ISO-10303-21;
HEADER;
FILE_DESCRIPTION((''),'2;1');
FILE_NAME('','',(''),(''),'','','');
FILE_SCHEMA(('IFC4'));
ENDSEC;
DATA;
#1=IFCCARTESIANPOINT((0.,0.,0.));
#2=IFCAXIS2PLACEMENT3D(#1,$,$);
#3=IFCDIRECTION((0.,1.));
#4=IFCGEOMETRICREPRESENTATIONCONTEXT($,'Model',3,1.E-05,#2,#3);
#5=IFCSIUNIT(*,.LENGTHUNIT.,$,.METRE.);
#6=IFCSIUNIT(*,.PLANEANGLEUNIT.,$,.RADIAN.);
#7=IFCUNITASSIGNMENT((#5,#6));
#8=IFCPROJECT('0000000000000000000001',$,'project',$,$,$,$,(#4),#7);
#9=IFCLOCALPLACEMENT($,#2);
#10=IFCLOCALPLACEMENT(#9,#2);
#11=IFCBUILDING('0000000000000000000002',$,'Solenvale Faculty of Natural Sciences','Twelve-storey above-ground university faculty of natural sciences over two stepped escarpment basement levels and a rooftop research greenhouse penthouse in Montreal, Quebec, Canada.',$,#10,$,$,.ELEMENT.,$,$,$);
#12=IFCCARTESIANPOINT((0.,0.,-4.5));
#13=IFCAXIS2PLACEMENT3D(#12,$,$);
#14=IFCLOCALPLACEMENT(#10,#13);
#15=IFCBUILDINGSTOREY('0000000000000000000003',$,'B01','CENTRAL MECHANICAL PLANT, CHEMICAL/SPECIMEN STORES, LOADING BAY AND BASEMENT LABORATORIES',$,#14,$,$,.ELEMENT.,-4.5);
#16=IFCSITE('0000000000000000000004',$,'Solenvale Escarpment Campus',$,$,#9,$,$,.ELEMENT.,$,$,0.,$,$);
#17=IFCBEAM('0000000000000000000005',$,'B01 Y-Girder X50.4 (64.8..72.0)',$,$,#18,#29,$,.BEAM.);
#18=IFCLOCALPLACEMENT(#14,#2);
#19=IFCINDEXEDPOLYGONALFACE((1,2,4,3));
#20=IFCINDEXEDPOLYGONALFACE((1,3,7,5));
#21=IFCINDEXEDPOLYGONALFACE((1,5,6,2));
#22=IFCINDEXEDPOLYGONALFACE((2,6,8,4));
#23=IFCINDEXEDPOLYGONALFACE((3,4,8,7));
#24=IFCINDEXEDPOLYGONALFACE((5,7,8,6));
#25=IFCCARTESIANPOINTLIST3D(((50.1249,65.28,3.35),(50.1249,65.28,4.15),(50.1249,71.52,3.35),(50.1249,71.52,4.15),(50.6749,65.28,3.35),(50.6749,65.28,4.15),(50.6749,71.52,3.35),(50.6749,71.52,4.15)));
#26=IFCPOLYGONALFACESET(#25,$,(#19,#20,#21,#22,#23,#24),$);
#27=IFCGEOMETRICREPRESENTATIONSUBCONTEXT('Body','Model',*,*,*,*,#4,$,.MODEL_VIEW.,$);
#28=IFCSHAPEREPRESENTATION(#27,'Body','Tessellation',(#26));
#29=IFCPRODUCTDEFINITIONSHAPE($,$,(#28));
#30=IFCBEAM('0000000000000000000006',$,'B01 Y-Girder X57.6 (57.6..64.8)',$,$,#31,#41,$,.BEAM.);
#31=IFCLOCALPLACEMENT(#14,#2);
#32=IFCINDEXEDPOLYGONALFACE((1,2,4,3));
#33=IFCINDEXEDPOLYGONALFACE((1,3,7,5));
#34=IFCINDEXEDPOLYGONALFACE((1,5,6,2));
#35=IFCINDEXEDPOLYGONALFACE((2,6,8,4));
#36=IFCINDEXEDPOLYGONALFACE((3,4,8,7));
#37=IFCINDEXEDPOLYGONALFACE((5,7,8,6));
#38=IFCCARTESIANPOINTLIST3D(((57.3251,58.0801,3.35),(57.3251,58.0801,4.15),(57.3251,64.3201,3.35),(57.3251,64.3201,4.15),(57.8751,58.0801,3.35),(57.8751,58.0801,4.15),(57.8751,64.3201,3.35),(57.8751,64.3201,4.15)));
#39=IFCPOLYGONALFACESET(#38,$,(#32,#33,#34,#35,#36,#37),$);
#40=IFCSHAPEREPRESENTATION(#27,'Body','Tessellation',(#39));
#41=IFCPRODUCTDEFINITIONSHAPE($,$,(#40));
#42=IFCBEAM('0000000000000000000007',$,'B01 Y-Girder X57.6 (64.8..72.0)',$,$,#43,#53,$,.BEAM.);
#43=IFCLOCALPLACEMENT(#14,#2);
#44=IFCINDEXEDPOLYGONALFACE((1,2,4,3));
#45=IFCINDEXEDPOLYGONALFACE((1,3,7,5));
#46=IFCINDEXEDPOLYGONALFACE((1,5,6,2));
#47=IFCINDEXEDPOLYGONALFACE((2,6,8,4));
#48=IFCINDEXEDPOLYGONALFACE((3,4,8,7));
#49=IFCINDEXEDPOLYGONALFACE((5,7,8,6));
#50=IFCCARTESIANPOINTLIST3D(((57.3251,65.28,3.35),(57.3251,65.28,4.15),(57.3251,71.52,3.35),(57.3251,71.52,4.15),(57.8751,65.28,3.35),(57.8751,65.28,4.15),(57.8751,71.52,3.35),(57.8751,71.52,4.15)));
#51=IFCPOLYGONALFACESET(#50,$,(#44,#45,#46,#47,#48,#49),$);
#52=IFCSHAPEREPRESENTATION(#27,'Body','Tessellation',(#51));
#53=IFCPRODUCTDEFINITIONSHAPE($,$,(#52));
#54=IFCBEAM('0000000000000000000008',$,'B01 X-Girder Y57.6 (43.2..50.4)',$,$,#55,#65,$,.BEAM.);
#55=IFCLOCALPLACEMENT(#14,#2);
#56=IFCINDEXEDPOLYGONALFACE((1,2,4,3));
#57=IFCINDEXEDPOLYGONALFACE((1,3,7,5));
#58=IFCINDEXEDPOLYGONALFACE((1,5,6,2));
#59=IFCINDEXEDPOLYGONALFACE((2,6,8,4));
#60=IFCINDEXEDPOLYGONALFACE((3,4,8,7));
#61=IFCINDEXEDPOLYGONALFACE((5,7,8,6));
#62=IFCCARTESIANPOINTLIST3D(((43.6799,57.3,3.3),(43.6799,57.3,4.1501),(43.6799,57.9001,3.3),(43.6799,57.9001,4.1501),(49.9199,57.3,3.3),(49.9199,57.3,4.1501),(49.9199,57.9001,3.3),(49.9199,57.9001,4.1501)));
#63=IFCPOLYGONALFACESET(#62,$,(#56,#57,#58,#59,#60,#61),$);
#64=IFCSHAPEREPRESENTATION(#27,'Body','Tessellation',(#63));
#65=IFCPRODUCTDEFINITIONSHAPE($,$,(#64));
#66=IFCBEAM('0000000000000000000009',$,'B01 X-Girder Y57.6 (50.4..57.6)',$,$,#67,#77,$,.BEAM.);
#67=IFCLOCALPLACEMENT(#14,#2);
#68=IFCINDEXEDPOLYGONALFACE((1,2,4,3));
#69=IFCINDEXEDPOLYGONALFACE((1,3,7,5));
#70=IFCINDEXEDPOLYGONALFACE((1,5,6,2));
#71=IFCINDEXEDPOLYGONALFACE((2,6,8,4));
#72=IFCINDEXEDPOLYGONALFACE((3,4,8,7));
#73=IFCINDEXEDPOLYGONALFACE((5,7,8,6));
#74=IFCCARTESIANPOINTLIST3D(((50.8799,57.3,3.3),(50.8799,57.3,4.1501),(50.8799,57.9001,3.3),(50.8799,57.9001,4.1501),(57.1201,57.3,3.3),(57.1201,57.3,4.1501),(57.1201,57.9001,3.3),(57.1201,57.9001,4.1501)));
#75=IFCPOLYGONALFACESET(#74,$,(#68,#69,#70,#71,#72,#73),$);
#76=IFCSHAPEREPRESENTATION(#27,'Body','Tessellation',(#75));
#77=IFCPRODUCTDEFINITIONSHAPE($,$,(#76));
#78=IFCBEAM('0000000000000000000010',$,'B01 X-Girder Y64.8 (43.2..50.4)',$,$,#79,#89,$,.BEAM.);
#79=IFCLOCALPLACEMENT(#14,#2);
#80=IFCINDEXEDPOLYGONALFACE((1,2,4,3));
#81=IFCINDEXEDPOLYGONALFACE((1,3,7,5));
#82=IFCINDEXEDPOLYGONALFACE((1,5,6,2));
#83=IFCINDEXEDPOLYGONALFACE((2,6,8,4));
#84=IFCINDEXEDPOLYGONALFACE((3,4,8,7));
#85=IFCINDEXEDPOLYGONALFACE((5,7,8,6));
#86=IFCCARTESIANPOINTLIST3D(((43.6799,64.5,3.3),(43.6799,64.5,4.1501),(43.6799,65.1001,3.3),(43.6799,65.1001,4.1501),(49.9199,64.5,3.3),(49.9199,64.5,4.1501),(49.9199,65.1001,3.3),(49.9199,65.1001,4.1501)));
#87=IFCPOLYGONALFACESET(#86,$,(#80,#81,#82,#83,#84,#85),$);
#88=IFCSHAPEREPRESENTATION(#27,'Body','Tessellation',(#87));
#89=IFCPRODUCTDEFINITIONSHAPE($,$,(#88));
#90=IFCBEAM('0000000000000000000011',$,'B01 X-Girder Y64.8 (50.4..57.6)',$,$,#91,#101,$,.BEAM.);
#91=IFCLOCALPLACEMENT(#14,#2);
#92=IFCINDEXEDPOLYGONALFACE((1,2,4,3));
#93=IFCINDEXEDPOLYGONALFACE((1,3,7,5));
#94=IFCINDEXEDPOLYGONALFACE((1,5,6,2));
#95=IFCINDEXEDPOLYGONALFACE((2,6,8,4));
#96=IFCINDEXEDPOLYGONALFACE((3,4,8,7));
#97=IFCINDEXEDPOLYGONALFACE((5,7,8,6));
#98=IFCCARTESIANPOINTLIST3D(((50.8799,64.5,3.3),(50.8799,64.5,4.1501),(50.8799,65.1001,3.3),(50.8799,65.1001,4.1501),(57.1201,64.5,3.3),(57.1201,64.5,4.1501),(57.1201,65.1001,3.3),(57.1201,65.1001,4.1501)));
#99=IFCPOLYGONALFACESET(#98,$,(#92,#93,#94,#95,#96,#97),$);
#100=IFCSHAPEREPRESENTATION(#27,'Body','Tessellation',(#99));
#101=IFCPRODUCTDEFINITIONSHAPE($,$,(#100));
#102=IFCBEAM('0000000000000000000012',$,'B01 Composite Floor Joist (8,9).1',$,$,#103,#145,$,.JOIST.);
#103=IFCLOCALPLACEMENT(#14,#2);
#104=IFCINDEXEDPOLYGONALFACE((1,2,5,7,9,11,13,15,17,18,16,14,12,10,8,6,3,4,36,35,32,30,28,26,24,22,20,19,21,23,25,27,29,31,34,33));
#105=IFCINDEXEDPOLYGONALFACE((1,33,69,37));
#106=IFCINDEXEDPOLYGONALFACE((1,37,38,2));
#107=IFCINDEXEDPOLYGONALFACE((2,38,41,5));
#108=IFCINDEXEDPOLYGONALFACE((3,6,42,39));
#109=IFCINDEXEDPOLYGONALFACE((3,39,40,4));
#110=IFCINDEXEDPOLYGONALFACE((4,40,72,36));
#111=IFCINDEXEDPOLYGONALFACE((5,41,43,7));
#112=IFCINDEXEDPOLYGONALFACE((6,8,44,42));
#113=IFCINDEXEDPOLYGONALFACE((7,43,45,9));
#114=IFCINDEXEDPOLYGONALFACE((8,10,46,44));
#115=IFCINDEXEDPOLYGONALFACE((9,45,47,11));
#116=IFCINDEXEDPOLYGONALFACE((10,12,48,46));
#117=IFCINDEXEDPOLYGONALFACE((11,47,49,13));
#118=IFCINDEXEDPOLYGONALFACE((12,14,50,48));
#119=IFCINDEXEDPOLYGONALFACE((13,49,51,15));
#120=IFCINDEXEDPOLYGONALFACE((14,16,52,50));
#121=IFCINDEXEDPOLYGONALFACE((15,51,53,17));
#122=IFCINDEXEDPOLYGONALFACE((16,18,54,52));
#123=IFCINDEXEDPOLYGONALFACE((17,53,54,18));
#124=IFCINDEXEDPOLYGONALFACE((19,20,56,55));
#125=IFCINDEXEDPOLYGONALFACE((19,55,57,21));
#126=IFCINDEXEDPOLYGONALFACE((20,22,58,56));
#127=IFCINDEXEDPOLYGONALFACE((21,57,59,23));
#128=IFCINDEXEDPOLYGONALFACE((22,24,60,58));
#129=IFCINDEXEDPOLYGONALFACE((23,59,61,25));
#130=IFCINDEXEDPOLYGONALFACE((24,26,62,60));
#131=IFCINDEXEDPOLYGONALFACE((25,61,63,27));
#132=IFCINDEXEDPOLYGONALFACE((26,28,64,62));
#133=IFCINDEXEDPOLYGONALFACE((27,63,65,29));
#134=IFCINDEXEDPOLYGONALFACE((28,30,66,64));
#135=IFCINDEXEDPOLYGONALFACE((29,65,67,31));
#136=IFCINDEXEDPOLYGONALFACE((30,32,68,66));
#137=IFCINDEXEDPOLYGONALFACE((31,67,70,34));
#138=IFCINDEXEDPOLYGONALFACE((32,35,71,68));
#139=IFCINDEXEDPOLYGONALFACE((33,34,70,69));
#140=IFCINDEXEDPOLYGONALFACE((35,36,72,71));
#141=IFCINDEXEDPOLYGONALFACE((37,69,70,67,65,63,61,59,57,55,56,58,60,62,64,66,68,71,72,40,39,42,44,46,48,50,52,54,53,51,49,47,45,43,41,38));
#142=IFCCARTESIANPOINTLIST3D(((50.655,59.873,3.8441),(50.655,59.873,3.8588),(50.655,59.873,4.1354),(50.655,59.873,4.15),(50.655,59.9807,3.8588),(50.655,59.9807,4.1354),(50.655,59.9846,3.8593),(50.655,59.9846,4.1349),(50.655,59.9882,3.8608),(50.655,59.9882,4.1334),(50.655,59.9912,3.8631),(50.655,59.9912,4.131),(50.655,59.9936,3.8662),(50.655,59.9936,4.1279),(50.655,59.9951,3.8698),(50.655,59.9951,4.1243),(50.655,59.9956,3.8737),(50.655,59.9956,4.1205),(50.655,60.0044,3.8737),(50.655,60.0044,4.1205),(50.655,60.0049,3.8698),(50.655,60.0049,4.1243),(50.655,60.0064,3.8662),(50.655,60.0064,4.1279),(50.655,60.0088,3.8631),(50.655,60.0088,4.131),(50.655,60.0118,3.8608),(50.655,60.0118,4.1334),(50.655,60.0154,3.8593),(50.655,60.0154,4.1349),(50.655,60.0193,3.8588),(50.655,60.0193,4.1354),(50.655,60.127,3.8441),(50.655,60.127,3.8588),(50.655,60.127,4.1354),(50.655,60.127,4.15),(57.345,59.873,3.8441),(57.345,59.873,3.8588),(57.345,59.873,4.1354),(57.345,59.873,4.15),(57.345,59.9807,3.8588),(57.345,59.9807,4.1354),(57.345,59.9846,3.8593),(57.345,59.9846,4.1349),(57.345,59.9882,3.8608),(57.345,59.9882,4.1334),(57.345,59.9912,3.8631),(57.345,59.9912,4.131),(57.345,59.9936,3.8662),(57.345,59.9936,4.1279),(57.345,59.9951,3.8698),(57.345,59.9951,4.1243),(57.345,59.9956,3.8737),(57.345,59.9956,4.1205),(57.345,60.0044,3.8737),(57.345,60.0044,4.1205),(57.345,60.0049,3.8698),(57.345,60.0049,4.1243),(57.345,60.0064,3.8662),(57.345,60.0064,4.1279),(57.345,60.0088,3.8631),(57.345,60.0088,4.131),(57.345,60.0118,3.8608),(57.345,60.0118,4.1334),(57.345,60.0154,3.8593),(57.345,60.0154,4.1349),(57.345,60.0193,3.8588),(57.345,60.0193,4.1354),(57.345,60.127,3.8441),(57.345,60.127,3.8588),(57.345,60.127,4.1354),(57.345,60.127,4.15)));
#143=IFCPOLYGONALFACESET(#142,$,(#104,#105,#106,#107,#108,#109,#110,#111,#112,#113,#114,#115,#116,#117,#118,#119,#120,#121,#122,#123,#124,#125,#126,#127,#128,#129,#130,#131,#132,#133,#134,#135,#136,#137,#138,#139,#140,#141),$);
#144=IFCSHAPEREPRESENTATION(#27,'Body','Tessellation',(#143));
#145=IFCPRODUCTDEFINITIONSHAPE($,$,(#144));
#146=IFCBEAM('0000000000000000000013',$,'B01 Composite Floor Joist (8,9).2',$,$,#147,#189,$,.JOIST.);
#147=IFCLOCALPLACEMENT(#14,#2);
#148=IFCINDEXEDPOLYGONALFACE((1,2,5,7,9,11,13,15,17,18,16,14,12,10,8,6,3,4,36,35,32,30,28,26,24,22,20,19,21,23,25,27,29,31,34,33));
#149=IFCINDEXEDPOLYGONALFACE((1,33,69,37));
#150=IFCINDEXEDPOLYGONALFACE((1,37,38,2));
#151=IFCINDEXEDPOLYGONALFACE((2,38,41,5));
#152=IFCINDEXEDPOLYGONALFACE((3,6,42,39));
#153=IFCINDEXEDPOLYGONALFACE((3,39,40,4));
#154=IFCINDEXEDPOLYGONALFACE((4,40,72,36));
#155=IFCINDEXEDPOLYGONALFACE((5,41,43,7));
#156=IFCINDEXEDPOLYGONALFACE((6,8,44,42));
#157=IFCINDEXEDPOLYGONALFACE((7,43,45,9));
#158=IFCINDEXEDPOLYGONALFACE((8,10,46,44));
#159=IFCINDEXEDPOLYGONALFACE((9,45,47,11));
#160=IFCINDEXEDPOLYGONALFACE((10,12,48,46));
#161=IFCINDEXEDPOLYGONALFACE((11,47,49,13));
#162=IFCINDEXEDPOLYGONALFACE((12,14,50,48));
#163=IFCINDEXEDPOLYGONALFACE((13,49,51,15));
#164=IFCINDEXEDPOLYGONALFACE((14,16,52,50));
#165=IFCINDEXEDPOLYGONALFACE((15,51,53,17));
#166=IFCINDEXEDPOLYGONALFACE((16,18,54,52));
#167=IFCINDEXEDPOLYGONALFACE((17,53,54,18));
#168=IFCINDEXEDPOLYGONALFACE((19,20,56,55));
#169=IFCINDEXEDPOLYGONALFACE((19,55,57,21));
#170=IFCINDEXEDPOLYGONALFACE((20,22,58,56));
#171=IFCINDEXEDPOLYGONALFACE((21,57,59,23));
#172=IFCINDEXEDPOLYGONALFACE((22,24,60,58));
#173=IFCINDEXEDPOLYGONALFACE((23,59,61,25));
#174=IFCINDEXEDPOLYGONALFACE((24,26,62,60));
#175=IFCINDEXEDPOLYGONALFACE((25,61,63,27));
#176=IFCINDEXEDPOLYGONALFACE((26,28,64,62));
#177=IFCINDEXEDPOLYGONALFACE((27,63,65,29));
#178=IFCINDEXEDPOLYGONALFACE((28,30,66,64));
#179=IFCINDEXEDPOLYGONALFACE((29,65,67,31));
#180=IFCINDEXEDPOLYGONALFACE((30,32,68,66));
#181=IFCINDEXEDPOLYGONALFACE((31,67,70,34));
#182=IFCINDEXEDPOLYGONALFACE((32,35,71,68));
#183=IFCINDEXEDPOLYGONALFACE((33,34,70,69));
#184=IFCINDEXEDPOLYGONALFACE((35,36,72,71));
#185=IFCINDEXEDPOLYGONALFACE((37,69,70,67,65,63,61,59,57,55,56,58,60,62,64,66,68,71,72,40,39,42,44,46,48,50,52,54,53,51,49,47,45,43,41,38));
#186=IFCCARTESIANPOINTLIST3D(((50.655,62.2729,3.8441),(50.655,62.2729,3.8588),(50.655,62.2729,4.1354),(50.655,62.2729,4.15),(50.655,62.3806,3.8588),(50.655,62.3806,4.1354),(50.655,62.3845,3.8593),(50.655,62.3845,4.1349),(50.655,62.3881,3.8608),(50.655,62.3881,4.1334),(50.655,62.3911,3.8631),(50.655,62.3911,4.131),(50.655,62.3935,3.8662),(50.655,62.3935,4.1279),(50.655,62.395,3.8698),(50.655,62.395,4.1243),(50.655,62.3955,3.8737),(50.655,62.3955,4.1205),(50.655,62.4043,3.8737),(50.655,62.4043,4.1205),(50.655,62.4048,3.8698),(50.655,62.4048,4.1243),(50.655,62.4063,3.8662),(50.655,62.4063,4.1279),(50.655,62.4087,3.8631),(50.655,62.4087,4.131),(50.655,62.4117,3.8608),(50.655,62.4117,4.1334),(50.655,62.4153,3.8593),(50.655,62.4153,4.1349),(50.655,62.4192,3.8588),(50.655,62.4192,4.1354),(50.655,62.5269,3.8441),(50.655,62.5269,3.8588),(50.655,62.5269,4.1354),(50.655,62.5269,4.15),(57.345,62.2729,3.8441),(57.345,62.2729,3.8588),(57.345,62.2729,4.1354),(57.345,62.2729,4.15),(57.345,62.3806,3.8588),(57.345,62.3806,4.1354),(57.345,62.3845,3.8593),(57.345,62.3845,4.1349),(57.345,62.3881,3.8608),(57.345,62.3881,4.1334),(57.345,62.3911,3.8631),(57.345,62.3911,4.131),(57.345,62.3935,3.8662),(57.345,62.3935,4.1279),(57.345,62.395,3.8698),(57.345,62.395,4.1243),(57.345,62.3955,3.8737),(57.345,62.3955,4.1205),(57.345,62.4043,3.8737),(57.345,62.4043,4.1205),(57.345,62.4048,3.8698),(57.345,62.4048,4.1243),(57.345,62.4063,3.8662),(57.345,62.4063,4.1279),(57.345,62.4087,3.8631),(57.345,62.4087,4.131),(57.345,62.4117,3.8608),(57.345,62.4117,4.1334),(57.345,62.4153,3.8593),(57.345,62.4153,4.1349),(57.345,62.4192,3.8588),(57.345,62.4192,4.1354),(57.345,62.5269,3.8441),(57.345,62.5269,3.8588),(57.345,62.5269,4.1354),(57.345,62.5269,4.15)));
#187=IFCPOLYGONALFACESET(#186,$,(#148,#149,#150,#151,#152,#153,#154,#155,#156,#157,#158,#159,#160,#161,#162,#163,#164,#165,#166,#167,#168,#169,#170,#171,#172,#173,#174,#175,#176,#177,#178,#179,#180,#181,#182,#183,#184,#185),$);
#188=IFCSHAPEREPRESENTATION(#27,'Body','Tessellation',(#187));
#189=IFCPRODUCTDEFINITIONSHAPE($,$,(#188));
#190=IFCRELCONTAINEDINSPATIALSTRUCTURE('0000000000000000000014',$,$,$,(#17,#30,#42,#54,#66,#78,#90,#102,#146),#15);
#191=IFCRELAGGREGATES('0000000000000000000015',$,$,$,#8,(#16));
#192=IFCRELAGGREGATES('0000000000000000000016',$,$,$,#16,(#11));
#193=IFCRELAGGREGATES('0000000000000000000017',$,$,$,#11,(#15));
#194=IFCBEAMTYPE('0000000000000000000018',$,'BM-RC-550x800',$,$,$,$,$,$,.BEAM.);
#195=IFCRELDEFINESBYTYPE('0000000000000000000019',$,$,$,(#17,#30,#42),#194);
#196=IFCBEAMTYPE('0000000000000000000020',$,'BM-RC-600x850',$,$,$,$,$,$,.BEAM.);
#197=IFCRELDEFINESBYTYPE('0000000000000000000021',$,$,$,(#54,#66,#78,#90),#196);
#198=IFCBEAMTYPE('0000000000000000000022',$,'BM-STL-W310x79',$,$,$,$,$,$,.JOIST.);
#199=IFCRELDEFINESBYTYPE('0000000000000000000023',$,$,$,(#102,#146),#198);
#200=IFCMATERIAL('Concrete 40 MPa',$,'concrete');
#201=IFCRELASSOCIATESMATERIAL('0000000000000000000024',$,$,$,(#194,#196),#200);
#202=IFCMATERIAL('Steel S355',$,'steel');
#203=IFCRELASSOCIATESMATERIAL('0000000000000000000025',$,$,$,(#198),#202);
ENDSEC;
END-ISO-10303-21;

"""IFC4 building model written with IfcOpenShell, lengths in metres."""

from ifc_helpers import new_model, si_unit, direction, frame, origin, origin_2d, place, context, subcontext, project, spatial, rectangle, i_section, extrude, material, material_profile, profile_set, type_object, element, save


model = new_model("IFC4")

# Units and contexts
model_context = context("Model", 3, precision=1e-05, world=origin(), true_north=direction((0.0, 1.0)))
body_context = subcontext(model_context, "Body", "Model", "MODEL_VIEW")
ifc_project = project(units=[si_unit("LENGTHUNIT", "METRE"), si_unit("PLANEANGLEUNIT", "RADIAN")], contexts=[model_context])

# Site, building, storey
site_placement = place(None, origin())
site = spatial("IfcSite", under=ifc_project, at=site_placement, Name="Solenvale Escarpment Campus", CompositionType="ELEMENT", RefElevation=0.0)
building_placement = place(site_placement, origin())
building = spatial("IfcBuilding", under=site, at=building_placement, Name="Solenvale Faculty of Natural Sciences", Description="Twelve-storey above-ground university faculty of natural sciences over two stepped escarpment basement levels and a rooftop research greenhouse penthouse in Montreal, Quebec, Canada.", CompositionType="ELEMENT")
storey_placement = place(building_placement, frame((0.0, 0.0, -4.5)))
storey = spatial("IfcBuildingStorey", under=building, at=storey_placement, Name="B01", Description="CENTRAL MECHANICAL PLANT, CHEMICAL/SPECIMEN STORES, LOADING BAY AND BASEMENT LABORATORIES", CompositionType="ELEMENT", Elevation=-4.5)

# Shared definitions
ifc_material_1 = material(Name="Concrete 40 MPa", Category="concrete")

# Beams
ifc_material_profile_1 = material_profile(ifc_material_1, rectangle(XDim=0.55, YDim=0.8, at=origin_2d()), Name="RC-BM-550x800")
ifc_profile_set_1 = profile_set([ifc_material_profile_1], Name="Concrete 40 MPa")
beam_type_1 = type_object("IfcBeamType", Name="BM-RC-550x800", PredefinedType="BEAM", material=ifc_profile_set_1)
for number, where, z_axis, x_axis, name in (
    (1, (50.3999, 65.28, 3.75), (0.0, 1.0, 0.0), (-1.0, 0.0, 0.0), "B01 Y-Girder X50.4 (64.8..72.0)"),
    (2, (57.6001, 58.0801, 3.75), (0.0, 1.0, 0.0), (-1.0, 0.0, 0.0), "B01 Y-Girder X57.6 (57.6..64.8)"),
    (3, (57.6001, 65.28, 3.75), (0.0, 1.0, 0.0), (-1.0, 0.0, 0.0), "B01 Y-Girder X57.6 (64.8..72.0)"),
):
    element("IfcBeam", number, at=place(storey_placement, frame(where, z_axis=z_axis, x_axis=x_axis)), inside=storey, type_object=beam_type_1, Name=name, PredefinedType="BEAM", context=body_context, shape_type="SweptSolid", body=[
        extrude(rectangle(XDim=0.55, YDim=0.8, at=origin_2d()), origin(), (0.0, 0.0, 1.0), 6.24),
    ])
ifc_material_profile_2 = material_profile(ifc_material_1, rectangle(XDim=0.6001, YDim=0.8501, at=origin_2d()), Name="RC-BM-600x850")
ifc_profile_set_2 = profile_set([ifc_material_profile_2], Name="Concrete 40 MPa")
beam_type_2 = type_object("IfcBeamType", Name="BM-RC-600x850", PredefinedType="BEAM", material=ifc_profile_set_2)
beam_1_placement = place(storey_placement, frame((43.6799, 57.6001, 3.7251), z_axis=(1.0, 0.0, 0.0), x_axis=(0.0, 1.0, 0.0)))
element("IfcBeam", 4, at=beam_1_placement, inside=storey, type_object=beam_type_2, Name="B01 X-Girder Y57.6 (43.2..50.4)", PredefinedType="BEAM", context=body_context, shape_type="SweptSolid", body=[
    extrude(rectangle(XDim=0.6001, YDim=0.8501, at=origin_2d()), origin(), (0.0, 0.0, 1.0), 6.24),
])
beam_2_placement = place(storey_placement, frame((50.8799, 57.6001, 3.7251), z_axis=(1.0, 0.0, 0.0), x_axis=(0.0, 1.0, 0.0)))
element("IfcBeam", 5, at=beam_2_placement, inside=storey, type_object=beam_type_2, Name="B01 X-Girder Y57.6 (50.4..57.6)", PredefinedType="BEAM", context=body_context, shape_type="SweptSolid", body=[
    extrude(rectangle(XDim=0.6001, YDim=0.8501, at=origin_2d()), origin(), (0.0, 0.0, 1.0), 6.2402),
])
beam_3_placement = place(storey_placement, frame((43.6799, 64.8, 3.7251), z_axis=(1.0, 0.0, 0.0), x_axis=(0.0, 1.0, 0.0)))
element("IfcBeam", 6, at=beam_3_placement, inside=storey, type_object=beam_type_2, Name="B01 X-Girder Y64.8 (43.2..50.4)", PredefinedType="BEAM", context=body_context, shape_type="SweptSolid", body=[
    extrude(rectangle(XDim=0.6001, YDim=0.8501, at=origin_2d()), origin(), (0.0, 0.0, 1.0), 6.24),
])
beam_4_placement = place(storey_placement, frame((50.8799, 64.8, 3.7251), z_axis=(1.0, 0.0, 0.0), x_axis=(0.0, 1.0, 0.0)))
element("IfcBeam", 7, at=beam_4_placement, inside=storey, type_object=beam_type_2, Name="B01 X-Girder Y64.8 (50.4..57.6)", PredefinedType="BEAM", context=body_context, shape_type="SweptSolid", body=[
    extrude(rectangle(XDim=0.6001, YDim=0.8501, at=origin_2d()), origin(), (0.0, 0.0, 1.0), 6.2402),
])
ifc_material_2 = material(Name="Steel S355", Category="steel")
ifc_material_profile_3 = material_profile(ifc_material_2, i_section(OverallWidth=0.2539, OverallDepth=0.3059, WebThickness=0.0088, FlangeThickness=0.0146, FilletRadius=0.0149, at=origin_2d()), Name="W310x79")
ifc_profile_set_3 = profile_set([ifc_material_profile_3], Name="Steel S355")
beam_type_3 = type_object("IfcBeamType", Name="BM-STL-W310x79", PredefinedType="JOIST", material=ifc_profile_set_3)
for number, where, z_axis, x_axis, name in (
    (8, (50.655, 60.0, 3.9971), (1.0, 0.0, 0.0), (0.0, 1.0, 0.0), "B01 Composite Floor Joist (8,9).1"),
    (9, (50.655, 62.3999, 3.9971), (1.0, 0.0, 0.0), (0.0, 1.0, 0.0), "B01 Composite Floor Joist (8,9).2"),
):
    element("IfcBeam", number, at=place(storey_placement, frame(where, z_axis=z_axis, x_axis=x_axis)), inside=storey, type_object=beam_type_3, Name=name, PredefinedType="JOIST", context=body_context, shape_type="SweptSolid", body=[
        extrude(i_section(OverallWidth=0.2539, OverallDepth=0.3059, WebThickness=0.0088, FlangeThickness=0.0146, FilletRadius=0.0149, at=origin_2d()), origin(), (0.0, 0.0, 1.0), 6.6899),
    ])

save(model, "model.ifc")
